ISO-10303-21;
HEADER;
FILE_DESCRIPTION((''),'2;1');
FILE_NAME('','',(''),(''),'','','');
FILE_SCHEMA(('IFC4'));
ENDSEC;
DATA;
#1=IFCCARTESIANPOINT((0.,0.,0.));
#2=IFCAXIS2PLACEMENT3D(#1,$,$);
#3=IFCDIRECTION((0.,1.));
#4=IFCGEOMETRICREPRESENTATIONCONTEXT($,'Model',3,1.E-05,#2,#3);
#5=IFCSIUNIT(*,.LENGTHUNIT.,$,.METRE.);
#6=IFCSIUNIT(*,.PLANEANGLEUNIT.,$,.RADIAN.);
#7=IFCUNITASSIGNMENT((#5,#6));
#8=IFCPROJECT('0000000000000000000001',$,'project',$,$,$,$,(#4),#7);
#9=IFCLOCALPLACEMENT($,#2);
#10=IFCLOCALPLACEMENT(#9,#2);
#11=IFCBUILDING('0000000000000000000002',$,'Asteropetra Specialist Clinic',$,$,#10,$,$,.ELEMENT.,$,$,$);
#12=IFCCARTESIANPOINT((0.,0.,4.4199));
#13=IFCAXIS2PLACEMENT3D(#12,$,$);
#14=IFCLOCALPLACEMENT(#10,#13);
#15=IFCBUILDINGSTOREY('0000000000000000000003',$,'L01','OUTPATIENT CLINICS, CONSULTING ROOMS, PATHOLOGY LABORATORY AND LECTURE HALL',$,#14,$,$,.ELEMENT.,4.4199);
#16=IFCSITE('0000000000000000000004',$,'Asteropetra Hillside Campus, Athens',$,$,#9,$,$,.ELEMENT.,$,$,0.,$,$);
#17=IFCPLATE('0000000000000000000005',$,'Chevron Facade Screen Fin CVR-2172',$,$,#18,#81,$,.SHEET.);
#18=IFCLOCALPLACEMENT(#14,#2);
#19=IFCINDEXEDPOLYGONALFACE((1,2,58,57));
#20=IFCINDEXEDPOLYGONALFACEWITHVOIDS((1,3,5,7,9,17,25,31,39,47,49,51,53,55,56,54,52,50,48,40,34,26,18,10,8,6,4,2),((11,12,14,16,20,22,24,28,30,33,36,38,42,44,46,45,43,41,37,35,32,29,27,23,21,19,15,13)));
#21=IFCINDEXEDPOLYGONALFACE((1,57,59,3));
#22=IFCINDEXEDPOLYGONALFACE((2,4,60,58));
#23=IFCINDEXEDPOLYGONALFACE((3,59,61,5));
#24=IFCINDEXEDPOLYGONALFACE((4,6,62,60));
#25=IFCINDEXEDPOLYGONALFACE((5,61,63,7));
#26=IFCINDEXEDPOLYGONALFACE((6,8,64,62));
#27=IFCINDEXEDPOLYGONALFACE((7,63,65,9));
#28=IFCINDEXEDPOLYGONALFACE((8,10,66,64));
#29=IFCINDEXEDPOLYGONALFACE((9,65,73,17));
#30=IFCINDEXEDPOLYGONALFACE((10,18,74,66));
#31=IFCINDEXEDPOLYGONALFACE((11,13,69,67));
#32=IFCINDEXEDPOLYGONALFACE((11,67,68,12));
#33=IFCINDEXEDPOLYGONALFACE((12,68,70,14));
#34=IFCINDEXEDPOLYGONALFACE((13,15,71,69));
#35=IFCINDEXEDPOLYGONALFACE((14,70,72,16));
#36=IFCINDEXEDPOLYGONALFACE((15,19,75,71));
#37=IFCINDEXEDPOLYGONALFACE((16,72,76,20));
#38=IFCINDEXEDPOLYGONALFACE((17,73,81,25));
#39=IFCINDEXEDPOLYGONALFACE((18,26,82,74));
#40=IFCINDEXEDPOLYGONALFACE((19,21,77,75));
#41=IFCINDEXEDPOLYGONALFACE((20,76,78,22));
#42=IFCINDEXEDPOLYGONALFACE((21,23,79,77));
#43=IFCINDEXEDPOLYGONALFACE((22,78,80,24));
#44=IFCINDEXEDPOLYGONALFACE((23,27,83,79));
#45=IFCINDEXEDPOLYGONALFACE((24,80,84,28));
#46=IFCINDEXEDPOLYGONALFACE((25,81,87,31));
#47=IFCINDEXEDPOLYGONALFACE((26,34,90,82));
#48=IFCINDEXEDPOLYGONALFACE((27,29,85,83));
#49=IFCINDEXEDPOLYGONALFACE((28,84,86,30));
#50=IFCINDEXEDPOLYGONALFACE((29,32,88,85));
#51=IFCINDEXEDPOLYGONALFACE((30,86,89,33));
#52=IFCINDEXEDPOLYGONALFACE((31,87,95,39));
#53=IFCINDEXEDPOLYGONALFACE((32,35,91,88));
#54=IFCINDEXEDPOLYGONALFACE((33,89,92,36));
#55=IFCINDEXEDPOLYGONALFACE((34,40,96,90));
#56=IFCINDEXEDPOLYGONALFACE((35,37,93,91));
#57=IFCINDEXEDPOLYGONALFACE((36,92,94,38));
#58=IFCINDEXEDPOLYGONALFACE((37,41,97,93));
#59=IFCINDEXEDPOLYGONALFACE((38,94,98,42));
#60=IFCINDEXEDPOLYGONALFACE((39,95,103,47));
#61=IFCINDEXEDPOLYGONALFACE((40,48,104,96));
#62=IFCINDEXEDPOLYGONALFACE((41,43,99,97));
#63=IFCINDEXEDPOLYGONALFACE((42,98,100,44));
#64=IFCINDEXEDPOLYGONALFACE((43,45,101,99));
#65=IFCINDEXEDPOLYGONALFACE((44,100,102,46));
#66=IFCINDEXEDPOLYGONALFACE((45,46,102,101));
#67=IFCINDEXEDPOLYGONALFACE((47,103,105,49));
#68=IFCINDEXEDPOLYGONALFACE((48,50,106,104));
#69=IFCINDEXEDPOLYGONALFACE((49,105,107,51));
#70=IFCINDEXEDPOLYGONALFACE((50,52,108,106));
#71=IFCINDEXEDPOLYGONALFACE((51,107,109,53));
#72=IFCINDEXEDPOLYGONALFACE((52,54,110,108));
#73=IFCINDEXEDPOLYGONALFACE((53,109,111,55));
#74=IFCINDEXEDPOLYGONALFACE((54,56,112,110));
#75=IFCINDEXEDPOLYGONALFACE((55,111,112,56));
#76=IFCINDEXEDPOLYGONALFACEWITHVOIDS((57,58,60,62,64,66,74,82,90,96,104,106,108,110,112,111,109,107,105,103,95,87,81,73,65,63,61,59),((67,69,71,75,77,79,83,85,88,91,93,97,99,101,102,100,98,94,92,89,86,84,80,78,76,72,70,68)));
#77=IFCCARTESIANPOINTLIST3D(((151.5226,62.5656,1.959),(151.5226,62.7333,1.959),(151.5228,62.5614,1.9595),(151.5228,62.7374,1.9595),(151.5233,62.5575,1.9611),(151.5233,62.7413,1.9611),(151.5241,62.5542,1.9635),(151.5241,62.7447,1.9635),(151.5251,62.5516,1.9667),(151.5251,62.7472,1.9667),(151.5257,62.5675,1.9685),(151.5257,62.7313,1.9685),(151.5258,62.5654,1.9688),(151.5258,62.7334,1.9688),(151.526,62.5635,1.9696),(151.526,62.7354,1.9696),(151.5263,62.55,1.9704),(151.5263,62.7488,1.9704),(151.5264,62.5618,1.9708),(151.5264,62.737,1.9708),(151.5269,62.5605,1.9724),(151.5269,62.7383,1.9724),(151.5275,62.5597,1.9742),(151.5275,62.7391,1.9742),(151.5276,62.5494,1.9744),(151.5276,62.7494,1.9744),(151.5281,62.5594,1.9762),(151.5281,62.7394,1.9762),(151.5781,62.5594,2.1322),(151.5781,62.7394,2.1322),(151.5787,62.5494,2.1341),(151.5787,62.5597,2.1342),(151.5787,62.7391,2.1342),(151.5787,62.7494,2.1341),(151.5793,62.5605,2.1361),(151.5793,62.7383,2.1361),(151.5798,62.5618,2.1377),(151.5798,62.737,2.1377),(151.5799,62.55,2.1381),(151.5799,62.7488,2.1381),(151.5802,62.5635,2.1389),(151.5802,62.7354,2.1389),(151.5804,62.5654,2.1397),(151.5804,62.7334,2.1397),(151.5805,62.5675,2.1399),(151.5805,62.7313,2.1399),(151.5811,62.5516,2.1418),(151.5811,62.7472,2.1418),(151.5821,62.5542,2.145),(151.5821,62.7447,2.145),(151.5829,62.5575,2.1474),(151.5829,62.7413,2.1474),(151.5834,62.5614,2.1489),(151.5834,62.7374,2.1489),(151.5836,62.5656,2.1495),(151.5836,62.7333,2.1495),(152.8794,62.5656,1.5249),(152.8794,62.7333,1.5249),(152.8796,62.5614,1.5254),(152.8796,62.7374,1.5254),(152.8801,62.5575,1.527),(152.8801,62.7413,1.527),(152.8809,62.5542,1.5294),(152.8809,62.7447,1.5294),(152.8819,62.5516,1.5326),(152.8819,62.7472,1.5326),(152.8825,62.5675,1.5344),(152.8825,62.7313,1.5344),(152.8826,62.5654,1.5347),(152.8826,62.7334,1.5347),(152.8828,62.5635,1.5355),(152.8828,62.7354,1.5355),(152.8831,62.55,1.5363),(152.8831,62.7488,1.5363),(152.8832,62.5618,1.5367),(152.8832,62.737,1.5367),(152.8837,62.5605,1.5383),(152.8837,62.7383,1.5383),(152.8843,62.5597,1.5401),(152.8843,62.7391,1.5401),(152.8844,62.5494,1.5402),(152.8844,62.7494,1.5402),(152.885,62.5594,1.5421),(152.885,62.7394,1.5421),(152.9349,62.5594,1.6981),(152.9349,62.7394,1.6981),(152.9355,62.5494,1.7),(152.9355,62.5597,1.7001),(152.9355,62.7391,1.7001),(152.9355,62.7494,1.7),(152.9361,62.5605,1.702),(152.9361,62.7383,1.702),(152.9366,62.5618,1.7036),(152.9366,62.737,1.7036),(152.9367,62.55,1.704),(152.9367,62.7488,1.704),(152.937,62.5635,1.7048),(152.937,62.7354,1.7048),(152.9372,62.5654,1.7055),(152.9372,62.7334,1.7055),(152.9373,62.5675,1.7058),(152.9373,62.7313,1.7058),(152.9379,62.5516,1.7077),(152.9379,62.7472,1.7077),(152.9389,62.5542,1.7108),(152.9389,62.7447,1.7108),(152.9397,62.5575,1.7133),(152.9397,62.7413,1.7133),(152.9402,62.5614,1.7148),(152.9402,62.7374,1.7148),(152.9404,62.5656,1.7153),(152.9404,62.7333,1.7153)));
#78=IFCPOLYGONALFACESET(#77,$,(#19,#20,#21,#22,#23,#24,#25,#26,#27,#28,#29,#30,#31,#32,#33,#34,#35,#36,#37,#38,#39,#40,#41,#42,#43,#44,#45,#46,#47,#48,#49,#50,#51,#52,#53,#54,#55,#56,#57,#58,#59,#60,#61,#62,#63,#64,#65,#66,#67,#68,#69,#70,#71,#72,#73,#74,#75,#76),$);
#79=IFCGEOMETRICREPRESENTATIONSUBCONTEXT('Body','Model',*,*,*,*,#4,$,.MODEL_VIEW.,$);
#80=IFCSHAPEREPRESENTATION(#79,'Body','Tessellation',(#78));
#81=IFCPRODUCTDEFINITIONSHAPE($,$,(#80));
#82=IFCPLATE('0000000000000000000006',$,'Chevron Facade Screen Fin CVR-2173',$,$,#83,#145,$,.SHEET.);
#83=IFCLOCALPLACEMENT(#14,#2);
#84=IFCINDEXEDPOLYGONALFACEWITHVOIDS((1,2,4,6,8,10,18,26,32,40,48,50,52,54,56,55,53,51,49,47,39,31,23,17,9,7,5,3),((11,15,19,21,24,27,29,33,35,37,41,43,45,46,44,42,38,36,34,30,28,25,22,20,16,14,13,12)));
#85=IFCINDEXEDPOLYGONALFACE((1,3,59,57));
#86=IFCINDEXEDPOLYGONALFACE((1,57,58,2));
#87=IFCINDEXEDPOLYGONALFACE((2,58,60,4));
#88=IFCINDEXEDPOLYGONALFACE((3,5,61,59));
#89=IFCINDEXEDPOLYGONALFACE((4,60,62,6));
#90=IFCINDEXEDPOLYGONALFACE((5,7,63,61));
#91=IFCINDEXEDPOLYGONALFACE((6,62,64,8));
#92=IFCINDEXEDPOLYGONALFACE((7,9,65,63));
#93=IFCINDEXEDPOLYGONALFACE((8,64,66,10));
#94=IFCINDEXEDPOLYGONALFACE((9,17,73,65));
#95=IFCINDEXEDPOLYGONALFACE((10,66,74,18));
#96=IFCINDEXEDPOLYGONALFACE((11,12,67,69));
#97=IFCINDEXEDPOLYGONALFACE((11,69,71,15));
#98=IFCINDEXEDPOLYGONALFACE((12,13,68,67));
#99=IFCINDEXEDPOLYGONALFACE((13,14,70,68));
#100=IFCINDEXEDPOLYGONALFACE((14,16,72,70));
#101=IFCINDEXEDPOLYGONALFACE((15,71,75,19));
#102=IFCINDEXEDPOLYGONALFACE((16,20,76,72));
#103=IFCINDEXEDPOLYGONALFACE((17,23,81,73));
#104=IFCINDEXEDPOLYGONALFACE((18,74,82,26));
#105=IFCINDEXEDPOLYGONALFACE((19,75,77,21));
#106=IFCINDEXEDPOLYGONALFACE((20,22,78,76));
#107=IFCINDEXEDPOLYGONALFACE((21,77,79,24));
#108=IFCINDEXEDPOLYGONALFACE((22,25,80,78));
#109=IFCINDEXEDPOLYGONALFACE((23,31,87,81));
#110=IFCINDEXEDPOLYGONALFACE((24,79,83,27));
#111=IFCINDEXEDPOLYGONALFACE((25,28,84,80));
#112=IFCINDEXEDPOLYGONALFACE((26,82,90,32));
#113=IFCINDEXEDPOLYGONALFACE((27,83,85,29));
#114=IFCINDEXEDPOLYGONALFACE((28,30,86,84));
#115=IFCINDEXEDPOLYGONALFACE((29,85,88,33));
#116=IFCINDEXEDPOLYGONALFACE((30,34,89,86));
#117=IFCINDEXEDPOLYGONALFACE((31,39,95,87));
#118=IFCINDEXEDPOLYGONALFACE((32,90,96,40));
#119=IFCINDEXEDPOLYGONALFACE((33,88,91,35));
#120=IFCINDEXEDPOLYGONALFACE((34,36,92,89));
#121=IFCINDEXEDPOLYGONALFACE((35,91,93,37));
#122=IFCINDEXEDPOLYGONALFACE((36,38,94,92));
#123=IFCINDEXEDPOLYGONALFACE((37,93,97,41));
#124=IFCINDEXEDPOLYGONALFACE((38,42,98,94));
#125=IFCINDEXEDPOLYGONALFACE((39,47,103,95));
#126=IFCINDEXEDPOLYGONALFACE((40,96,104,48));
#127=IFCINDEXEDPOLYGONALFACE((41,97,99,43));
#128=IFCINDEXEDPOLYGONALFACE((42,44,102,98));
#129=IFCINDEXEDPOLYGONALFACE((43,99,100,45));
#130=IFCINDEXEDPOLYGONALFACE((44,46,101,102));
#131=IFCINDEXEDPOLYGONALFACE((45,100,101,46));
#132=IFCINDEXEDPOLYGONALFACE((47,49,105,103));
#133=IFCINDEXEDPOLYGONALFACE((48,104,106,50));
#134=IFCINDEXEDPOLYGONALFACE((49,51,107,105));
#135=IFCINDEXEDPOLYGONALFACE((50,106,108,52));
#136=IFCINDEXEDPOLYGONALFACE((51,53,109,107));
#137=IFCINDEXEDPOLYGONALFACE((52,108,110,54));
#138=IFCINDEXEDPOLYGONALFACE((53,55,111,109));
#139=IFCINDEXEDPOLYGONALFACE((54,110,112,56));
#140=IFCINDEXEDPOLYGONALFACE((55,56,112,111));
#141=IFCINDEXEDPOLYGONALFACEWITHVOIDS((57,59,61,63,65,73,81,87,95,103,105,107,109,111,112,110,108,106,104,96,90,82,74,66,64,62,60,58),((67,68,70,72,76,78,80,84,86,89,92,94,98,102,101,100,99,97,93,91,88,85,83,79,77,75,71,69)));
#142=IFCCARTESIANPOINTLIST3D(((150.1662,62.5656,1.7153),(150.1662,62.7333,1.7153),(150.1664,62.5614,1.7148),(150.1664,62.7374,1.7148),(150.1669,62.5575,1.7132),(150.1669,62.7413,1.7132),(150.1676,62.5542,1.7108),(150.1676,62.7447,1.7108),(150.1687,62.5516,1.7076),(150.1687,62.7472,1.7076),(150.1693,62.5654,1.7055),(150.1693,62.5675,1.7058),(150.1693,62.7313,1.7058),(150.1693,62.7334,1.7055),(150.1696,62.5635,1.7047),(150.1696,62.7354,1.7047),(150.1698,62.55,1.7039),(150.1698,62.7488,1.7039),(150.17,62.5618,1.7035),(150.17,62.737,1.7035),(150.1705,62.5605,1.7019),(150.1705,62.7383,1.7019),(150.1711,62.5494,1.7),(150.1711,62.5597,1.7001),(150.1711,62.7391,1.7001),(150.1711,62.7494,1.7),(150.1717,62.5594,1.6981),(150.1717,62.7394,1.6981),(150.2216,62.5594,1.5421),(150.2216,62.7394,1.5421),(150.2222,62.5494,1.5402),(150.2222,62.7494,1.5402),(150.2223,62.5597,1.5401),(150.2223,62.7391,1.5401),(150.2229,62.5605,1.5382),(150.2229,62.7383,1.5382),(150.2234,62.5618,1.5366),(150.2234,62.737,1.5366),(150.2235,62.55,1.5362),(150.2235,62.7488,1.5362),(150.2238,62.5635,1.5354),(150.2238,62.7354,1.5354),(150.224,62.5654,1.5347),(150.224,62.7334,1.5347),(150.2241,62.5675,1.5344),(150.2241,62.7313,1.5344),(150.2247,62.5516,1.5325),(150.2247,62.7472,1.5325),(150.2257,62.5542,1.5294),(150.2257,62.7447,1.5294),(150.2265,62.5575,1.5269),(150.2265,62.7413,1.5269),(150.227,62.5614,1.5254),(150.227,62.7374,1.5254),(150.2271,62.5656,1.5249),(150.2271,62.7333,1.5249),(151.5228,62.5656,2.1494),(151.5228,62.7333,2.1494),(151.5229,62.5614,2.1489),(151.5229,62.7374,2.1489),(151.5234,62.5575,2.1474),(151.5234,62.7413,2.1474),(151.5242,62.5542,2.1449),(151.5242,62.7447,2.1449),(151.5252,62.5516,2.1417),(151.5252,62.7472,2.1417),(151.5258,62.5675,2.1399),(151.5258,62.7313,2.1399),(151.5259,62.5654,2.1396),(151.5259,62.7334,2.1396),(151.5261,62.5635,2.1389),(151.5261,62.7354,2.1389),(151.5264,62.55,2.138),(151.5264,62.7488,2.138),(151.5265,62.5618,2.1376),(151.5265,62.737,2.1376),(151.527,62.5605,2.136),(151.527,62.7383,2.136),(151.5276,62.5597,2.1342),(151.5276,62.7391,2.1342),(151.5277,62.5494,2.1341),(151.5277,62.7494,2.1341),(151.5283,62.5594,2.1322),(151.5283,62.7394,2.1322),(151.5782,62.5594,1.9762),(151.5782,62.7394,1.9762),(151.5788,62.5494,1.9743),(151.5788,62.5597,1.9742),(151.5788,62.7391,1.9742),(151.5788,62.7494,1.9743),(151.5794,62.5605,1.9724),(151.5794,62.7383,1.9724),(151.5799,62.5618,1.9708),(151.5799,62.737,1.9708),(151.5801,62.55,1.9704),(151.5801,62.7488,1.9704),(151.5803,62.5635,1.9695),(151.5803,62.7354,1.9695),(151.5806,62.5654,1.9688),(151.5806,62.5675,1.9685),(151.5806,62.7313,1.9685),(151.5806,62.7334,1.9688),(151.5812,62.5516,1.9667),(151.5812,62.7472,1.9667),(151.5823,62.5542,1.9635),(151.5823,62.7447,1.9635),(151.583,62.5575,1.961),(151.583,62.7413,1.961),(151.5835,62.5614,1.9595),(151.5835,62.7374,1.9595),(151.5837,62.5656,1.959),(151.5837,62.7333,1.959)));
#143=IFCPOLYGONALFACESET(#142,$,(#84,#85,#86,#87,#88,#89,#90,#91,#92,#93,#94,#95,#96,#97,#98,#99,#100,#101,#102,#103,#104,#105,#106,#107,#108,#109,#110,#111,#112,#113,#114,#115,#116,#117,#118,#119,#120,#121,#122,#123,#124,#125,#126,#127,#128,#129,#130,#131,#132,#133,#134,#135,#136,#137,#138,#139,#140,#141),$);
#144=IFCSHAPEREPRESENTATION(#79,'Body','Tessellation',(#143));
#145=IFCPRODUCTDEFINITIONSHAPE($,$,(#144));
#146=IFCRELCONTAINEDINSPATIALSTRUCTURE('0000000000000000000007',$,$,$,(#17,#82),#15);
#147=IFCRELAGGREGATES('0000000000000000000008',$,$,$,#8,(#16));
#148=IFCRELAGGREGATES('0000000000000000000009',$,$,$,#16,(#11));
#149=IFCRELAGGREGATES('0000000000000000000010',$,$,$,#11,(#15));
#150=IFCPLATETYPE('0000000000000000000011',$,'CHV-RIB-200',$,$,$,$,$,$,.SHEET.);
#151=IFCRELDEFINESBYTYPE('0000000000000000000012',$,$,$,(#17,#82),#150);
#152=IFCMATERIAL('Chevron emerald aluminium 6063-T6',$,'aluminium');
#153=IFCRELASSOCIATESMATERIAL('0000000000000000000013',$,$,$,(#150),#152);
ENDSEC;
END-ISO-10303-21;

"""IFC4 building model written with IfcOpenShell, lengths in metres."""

from ifc_helpers import new_model, si_unit, direction, frame, origin, origin_2d, place, context, subcontext, project, spatial, hollow_rectangle, extrude, material, material_profile, profile_set, type_object, element, save


model = new_model("IFC4")

# Units and contexts
model_context = context("Model", 3, precision=1e-05, world=origin(), true_north=direction((0.0, 1.0)))
body_context = subcontext(model_context, "Body", "Model", "MODEL_VIEW")
ifc_project = project(units=[si_unit("LENGTHUNIT", "METRE"), si_unit("PLANEANGLEUNIT", "RADIAN")], contexts=[model_context])

# Site, building, storey
site_placement = place(None, origin())
site = spatial("IfcSite", under=ifc_project, at=site_placement, Name="Asteropetra Hillside Campus, Athens", CompositionType="ELEMENT", RefElevation=0.0)
building_placement = place(site_placement, origin())
building = spatial("IfcBuilding", under=site, at=building_placement, Name="Asteropetra Specialist Clinic", CompositionType="ELEMENT")
storey_placement = place(building_placement, frame((0.0, 0.0, 4.4199)))
storey = spatial("IfcBuildingStorey", under=building, at=storey_placement, Name="L01", Description="OUTPATIENT CLINICS, CONSULTING ROOMS, PATHOLOGY LABORATORY AND LECTURE HALL", CompositionType="ELEMENT", Elevation=4.4199)

# Plates
ifc_material_1 = material(Name="Chevron emerald aluminium 6063-T6", Category="aluminium")
ifc_material_profile = material_profile(ifc_material_1, hollow_rectangle(XDim=0.2, YDim=0.2, WallThickness=0.01, InnerFilletRadius=0.0081, OuterFilletRadius=0.0161, at=origin_2d()), Name="SHS 200x200x10.0")
ifc_profile_set = profile_set([ifc_material_profile], Name="Chevron emerald aluminium 6063-T6")
plate_type = type_object("IfcPlateType", Name="CHV-RIB-200", PredefinedType="SHEET", material=ifc_profile_set)
plate_1_placement = place(storey_placement, frame((152.9099, 62.6494, 1.6201), z_axis=(-0.952436, 0.0, 0.304738), x_axis=(0.0, -1.0, 0.0)))
element("IfcPlate", 1, at=plate_1_placement, inside=storey, type_object=plate_type, Name="Chevron Facade Screen Fin CVR-2172", PredefinedType="SHEET", context=body_context, shape_type="SweptSolid", body=[
    extrude(hollow_rectangle(XDim=0.2, YDim=0.2, WallThickness=0.01, InnerFilletRadius=0.0081, OuterFilletRadius=0.0161, at=origin_2d()), origin(), (0.0, 0.0, 1.0), 1.4246),
])
plate_2_placement = place(storey_placement, frame((151.5532, 62.6494, 2.0542), z_axis=(-0.95242, 0.0, -0.304788), x_axis=(0.0, -1.0, 0.0)))
element("IfcPlate", 2, at=plate_2_placement, inside=storey, type_object=plate_type, Name="Chevron Facade Screen Fin CVR-2173", PredefinedType="SHEET", context=body_context, shape_type="SweptSolid", body=[
    extrude(hollow_rectangle(XDim=0.2, YDim=0.2, WallThickness=0.01, InnerFilletRadius=0.0081, OuterFilletRadius=0.0161, at=origin_2d()), origin(), (0.0, 0.0, 1.0), 1.4243),
])

save(model, "model.ifc")
